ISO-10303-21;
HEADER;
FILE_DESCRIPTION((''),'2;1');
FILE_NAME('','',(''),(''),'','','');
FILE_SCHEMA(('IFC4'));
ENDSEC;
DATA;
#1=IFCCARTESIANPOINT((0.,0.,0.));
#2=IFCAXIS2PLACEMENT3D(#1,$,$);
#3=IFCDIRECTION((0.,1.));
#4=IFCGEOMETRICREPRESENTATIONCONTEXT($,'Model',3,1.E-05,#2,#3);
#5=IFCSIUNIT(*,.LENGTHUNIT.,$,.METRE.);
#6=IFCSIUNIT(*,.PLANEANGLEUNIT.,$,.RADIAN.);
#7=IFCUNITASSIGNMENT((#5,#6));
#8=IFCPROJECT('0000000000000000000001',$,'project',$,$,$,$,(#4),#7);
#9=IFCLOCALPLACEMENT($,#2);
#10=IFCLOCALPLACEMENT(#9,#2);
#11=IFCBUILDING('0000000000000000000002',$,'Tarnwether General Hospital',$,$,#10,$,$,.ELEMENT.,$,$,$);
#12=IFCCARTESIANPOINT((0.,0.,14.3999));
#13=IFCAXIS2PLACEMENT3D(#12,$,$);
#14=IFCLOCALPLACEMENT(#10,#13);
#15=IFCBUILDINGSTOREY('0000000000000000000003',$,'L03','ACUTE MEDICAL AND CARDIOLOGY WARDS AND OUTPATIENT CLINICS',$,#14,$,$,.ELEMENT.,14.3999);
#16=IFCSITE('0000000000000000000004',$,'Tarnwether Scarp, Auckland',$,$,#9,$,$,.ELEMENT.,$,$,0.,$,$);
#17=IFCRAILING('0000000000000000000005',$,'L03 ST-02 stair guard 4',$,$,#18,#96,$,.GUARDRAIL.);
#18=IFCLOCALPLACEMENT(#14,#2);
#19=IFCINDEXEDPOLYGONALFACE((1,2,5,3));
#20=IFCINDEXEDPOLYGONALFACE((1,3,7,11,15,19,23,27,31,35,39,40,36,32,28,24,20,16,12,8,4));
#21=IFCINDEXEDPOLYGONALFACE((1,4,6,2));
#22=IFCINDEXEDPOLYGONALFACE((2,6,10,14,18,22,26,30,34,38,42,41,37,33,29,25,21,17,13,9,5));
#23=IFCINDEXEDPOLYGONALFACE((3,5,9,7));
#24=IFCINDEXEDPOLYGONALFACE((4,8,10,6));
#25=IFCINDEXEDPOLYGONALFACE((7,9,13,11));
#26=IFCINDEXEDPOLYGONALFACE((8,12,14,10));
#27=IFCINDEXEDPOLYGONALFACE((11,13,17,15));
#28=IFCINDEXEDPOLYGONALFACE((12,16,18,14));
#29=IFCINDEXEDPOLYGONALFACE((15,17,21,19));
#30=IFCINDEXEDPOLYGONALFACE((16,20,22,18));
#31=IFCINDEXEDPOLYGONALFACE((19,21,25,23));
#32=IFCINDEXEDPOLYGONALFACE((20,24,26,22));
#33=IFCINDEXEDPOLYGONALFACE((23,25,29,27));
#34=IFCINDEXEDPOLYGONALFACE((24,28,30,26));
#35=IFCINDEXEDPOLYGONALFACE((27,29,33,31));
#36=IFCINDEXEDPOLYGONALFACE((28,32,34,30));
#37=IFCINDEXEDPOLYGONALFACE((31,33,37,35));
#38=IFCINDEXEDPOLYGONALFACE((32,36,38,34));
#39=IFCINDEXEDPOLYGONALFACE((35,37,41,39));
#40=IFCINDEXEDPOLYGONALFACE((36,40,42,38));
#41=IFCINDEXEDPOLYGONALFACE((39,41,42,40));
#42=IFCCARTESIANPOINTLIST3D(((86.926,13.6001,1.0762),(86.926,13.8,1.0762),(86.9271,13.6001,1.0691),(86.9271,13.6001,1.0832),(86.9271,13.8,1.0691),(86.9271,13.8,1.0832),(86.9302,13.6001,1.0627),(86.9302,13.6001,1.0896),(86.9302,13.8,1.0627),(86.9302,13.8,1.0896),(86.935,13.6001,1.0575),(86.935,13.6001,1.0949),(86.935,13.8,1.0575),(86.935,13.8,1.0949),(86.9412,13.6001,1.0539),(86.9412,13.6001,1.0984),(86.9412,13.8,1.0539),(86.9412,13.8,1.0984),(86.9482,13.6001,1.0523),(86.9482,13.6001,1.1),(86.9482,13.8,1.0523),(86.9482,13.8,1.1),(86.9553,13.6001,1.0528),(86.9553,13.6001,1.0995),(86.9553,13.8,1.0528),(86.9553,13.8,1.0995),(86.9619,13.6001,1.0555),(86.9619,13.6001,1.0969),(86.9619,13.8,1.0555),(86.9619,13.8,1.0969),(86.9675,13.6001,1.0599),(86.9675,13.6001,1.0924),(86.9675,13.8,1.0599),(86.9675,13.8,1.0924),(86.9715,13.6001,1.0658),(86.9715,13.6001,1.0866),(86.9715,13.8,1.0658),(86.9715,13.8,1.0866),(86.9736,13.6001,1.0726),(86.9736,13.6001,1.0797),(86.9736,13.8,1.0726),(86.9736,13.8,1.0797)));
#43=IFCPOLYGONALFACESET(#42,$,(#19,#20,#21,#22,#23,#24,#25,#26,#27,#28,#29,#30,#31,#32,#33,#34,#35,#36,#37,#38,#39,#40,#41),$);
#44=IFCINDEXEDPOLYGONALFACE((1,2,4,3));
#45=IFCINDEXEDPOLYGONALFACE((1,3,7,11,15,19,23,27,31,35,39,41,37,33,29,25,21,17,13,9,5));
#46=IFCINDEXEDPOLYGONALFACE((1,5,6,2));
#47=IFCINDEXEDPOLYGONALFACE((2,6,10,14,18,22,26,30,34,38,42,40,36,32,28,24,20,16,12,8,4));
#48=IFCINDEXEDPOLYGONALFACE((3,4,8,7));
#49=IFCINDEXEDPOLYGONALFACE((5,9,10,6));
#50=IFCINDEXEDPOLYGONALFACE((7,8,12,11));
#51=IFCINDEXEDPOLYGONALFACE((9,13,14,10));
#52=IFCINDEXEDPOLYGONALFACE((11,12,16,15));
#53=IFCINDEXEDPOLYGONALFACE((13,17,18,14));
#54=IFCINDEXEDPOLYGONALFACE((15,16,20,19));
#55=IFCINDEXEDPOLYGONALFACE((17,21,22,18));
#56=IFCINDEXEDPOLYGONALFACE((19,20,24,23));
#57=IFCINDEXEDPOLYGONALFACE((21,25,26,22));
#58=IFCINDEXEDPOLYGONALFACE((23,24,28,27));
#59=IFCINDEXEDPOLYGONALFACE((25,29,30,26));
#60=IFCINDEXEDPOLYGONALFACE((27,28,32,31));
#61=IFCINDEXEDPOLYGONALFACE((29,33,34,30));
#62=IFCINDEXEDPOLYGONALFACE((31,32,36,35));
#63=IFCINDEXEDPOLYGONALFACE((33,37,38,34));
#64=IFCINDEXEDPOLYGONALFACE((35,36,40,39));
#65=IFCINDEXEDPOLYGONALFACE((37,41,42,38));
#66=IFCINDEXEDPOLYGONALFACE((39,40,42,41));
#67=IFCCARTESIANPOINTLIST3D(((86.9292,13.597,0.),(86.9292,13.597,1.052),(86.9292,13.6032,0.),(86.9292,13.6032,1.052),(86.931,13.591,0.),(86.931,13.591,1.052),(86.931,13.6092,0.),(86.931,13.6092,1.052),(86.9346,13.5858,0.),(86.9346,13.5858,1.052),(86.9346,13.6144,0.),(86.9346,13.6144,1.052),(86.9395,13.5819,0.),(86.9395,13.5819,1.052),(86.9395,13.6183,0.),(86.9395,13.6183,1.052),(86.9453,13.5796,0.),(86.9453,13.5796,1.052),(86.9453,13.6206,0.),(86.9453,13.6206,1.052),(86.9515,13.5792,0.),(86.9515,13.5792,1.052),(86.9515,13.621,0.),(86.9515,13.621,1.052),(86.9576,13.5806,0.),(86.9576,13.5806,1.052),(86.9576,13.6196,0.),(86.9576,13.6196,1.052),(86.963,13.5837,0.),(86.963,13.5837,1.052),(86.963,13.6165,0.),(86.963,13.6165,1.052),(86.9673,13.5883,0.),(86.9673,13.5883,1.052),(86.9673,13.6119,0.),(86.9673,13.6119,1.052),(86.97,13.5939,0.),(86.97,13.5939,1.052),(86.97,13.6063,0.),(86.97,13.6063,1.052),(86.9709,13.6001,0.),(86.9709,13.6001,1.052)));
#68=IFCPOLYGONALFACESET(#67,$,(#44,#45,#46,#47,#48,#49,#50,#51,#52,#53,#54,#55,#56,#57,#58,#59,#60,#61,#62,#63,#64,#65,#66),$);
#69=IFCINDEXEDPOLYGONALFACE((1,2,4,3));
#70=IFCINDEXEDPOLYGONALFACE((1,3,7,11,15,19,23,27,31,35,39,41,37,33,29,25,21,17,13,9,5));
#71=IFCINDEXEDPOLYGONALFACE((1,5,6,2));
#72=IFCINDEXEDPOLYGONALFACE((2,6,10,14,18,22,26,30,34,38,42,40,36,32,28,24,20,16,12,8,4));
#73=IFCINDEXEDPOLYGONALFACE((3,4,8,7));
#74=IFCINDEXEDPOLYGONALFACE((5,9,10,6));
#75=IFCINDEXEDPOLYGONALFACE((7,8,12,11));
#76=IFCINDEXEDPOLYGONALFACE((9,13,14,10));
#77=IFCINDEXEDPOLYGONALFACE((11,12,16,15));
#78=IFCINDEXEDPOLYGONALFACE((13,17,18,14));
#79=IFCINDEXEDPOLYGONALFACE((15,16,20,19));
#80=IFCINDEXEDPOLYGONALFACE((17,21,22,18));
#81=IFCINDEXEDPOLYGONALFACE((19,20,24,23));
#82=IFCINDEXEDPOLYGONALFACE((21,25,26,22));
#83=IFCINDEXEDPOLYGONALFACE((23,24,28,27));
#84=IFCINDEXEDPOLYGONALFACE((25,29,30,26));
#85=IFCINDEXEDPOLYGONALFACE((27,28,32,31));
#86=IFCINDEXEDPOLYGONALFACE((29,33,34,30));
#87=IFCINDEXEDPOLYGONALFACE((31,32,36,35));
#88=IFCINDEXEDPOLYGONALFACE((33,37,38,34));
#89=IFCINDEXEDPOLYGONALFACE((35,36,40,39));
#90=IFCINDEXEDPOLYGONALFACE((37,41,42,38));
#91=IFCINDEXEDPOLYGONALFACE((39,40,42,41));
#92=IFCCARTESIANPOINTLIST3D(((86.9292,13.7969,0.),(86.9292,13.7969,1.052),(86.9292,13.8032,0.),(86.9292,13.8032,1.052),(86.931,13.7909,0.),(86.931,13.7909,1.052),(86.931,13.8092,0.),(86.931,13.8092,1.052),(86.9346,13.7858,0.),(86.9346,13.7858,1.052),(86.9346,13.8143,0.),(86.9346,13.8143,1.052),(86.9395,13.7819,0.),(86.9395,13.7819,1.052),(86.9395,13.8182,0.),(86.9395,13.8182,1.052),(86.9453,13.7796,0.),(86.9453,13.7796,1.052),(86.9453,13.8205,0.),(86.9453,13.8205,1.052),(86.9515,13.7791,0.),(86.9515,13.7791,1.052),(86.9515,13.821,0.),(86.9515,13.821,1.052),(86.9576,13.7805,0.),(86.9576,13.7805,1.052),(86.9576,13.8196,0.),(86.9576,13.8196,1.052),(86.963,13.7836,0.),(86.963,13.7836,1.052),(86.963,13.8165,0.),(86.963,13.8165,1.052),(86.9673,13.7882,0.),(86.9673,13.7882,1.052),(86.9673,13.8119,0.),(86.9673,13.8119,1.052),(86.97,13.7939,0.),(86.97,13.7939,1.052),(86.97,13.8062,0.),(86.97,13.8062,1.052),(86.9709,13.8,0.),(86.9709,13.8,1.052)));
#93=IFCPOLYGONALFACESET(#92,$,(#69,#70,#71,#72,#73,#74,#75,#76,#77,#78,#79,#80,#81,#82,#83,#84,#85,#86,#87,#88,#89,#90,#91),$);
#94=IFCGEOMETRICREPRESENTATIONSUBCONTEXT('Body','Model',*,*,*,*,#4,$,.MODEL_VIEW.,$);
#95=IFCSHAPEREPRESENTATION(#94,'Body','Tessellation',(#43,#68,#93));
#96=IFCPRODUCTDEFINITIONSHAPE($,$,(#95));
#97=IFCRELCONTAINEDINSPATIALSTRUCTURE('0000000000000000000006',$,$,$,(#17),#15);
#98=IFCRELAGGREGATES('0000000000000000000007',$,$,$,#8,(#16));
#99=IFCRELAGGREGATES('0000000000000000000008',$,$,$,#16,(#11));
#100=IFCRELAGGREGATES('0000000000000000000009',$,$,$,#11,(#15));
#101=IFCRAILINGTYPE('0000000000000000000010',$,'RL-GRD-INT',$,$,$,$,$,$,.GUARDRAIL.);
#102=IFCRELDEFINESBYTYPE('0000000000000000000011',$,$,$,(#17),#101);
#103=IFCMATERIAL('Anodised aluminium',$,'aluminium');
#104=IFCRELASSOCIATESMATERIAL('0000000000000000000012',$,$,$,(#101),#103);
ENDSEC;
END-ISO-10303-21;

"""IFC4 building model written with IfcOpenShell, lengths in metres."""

from ifc_helpers import new_model, si_unit, direction, frame, origin, origin_2d, place, context, subcontext, project, spatial, circle, extrude, material, type_object, element, save


model = new_model("IFC4")

# Units and contexts
model_context = context("Model", 3, precision=1e-05, world=origin(), true_north=direction((0.0, 1.0)))
body_context = subcontext(model_context, "Body", "Model", "MODEL_VIEW")
ifc_project = project(units=[si_unit("LENGTHUNIT", "METRE"), si_unit("PLANEANGLEUNIT", "RADIAN")], contexts=[model_context])

# Site, building, storey
site_placement = place(None, origin())
site = spatial("IfcSite", under=ifc_project, at=site_placement, Name="Tarnwether Scarp, Auckland", CompositionType="ELEMENT", RefElevation=0.0)
building_placement = place(site_placement, origin())
building = spatial("IfcBuilding", under=site, at=building_placement, Name="Tarnwether General Hospital", CompositionType="ELEMENT")
storey_placement = place(building_placement, frame((0.0, 0.0, 14.3999)))
storey = spatial("IfcBuildingStorey", under=building, at=storey_placement, Name="L03", Description="ACUTE MEDICAL AND CARDIOLOGY WARDS AND OUTPATIENT CLINICS", CompositionType="ELEMENT", Elevation=14.3999)

# Railing
ifc_material_1 = material(Name="Anodised aluminium", Category="aluminium")
railing_type_1 = type_object("IfcRailingType", Name="RL-GRD-INT", PredefinedType="GUARDRAIL", material=ifc_material_1)
railing_1_placement = place(storey_placement, frame((86.95, 13.6001, 0.0)))
element("IfcRailing", 1, at=railing_1_placement, inside=storey, type_object=railing_type_1, Name="L03 ST-02 stair guard 4", PredefinedType="GUARDRAIL", context=body_context, shape_type="SweptSolid", body=[
    extrude(circle(Radius=0.0239, at=origin_2d()), frame((0.0, 0.0, 1.0762), z_axis=(0.0, 1.0, 0.0), x_axis=(-1.0, 0.0, 0.0)), (0.0, 0.0, 1.0), 0.2),
    extrude(circle(Radius=0.021, at=origin_2d()), origin(), (0.0, 0.0, 1.0), 1.052),
    extrude(circle(Radius=0.021, at=origin_2d()), frame((0.0, 0.2, 0.0)), (0.0, 0.0, 1.0), 1.052),
])

save(model, "model.ifc")
